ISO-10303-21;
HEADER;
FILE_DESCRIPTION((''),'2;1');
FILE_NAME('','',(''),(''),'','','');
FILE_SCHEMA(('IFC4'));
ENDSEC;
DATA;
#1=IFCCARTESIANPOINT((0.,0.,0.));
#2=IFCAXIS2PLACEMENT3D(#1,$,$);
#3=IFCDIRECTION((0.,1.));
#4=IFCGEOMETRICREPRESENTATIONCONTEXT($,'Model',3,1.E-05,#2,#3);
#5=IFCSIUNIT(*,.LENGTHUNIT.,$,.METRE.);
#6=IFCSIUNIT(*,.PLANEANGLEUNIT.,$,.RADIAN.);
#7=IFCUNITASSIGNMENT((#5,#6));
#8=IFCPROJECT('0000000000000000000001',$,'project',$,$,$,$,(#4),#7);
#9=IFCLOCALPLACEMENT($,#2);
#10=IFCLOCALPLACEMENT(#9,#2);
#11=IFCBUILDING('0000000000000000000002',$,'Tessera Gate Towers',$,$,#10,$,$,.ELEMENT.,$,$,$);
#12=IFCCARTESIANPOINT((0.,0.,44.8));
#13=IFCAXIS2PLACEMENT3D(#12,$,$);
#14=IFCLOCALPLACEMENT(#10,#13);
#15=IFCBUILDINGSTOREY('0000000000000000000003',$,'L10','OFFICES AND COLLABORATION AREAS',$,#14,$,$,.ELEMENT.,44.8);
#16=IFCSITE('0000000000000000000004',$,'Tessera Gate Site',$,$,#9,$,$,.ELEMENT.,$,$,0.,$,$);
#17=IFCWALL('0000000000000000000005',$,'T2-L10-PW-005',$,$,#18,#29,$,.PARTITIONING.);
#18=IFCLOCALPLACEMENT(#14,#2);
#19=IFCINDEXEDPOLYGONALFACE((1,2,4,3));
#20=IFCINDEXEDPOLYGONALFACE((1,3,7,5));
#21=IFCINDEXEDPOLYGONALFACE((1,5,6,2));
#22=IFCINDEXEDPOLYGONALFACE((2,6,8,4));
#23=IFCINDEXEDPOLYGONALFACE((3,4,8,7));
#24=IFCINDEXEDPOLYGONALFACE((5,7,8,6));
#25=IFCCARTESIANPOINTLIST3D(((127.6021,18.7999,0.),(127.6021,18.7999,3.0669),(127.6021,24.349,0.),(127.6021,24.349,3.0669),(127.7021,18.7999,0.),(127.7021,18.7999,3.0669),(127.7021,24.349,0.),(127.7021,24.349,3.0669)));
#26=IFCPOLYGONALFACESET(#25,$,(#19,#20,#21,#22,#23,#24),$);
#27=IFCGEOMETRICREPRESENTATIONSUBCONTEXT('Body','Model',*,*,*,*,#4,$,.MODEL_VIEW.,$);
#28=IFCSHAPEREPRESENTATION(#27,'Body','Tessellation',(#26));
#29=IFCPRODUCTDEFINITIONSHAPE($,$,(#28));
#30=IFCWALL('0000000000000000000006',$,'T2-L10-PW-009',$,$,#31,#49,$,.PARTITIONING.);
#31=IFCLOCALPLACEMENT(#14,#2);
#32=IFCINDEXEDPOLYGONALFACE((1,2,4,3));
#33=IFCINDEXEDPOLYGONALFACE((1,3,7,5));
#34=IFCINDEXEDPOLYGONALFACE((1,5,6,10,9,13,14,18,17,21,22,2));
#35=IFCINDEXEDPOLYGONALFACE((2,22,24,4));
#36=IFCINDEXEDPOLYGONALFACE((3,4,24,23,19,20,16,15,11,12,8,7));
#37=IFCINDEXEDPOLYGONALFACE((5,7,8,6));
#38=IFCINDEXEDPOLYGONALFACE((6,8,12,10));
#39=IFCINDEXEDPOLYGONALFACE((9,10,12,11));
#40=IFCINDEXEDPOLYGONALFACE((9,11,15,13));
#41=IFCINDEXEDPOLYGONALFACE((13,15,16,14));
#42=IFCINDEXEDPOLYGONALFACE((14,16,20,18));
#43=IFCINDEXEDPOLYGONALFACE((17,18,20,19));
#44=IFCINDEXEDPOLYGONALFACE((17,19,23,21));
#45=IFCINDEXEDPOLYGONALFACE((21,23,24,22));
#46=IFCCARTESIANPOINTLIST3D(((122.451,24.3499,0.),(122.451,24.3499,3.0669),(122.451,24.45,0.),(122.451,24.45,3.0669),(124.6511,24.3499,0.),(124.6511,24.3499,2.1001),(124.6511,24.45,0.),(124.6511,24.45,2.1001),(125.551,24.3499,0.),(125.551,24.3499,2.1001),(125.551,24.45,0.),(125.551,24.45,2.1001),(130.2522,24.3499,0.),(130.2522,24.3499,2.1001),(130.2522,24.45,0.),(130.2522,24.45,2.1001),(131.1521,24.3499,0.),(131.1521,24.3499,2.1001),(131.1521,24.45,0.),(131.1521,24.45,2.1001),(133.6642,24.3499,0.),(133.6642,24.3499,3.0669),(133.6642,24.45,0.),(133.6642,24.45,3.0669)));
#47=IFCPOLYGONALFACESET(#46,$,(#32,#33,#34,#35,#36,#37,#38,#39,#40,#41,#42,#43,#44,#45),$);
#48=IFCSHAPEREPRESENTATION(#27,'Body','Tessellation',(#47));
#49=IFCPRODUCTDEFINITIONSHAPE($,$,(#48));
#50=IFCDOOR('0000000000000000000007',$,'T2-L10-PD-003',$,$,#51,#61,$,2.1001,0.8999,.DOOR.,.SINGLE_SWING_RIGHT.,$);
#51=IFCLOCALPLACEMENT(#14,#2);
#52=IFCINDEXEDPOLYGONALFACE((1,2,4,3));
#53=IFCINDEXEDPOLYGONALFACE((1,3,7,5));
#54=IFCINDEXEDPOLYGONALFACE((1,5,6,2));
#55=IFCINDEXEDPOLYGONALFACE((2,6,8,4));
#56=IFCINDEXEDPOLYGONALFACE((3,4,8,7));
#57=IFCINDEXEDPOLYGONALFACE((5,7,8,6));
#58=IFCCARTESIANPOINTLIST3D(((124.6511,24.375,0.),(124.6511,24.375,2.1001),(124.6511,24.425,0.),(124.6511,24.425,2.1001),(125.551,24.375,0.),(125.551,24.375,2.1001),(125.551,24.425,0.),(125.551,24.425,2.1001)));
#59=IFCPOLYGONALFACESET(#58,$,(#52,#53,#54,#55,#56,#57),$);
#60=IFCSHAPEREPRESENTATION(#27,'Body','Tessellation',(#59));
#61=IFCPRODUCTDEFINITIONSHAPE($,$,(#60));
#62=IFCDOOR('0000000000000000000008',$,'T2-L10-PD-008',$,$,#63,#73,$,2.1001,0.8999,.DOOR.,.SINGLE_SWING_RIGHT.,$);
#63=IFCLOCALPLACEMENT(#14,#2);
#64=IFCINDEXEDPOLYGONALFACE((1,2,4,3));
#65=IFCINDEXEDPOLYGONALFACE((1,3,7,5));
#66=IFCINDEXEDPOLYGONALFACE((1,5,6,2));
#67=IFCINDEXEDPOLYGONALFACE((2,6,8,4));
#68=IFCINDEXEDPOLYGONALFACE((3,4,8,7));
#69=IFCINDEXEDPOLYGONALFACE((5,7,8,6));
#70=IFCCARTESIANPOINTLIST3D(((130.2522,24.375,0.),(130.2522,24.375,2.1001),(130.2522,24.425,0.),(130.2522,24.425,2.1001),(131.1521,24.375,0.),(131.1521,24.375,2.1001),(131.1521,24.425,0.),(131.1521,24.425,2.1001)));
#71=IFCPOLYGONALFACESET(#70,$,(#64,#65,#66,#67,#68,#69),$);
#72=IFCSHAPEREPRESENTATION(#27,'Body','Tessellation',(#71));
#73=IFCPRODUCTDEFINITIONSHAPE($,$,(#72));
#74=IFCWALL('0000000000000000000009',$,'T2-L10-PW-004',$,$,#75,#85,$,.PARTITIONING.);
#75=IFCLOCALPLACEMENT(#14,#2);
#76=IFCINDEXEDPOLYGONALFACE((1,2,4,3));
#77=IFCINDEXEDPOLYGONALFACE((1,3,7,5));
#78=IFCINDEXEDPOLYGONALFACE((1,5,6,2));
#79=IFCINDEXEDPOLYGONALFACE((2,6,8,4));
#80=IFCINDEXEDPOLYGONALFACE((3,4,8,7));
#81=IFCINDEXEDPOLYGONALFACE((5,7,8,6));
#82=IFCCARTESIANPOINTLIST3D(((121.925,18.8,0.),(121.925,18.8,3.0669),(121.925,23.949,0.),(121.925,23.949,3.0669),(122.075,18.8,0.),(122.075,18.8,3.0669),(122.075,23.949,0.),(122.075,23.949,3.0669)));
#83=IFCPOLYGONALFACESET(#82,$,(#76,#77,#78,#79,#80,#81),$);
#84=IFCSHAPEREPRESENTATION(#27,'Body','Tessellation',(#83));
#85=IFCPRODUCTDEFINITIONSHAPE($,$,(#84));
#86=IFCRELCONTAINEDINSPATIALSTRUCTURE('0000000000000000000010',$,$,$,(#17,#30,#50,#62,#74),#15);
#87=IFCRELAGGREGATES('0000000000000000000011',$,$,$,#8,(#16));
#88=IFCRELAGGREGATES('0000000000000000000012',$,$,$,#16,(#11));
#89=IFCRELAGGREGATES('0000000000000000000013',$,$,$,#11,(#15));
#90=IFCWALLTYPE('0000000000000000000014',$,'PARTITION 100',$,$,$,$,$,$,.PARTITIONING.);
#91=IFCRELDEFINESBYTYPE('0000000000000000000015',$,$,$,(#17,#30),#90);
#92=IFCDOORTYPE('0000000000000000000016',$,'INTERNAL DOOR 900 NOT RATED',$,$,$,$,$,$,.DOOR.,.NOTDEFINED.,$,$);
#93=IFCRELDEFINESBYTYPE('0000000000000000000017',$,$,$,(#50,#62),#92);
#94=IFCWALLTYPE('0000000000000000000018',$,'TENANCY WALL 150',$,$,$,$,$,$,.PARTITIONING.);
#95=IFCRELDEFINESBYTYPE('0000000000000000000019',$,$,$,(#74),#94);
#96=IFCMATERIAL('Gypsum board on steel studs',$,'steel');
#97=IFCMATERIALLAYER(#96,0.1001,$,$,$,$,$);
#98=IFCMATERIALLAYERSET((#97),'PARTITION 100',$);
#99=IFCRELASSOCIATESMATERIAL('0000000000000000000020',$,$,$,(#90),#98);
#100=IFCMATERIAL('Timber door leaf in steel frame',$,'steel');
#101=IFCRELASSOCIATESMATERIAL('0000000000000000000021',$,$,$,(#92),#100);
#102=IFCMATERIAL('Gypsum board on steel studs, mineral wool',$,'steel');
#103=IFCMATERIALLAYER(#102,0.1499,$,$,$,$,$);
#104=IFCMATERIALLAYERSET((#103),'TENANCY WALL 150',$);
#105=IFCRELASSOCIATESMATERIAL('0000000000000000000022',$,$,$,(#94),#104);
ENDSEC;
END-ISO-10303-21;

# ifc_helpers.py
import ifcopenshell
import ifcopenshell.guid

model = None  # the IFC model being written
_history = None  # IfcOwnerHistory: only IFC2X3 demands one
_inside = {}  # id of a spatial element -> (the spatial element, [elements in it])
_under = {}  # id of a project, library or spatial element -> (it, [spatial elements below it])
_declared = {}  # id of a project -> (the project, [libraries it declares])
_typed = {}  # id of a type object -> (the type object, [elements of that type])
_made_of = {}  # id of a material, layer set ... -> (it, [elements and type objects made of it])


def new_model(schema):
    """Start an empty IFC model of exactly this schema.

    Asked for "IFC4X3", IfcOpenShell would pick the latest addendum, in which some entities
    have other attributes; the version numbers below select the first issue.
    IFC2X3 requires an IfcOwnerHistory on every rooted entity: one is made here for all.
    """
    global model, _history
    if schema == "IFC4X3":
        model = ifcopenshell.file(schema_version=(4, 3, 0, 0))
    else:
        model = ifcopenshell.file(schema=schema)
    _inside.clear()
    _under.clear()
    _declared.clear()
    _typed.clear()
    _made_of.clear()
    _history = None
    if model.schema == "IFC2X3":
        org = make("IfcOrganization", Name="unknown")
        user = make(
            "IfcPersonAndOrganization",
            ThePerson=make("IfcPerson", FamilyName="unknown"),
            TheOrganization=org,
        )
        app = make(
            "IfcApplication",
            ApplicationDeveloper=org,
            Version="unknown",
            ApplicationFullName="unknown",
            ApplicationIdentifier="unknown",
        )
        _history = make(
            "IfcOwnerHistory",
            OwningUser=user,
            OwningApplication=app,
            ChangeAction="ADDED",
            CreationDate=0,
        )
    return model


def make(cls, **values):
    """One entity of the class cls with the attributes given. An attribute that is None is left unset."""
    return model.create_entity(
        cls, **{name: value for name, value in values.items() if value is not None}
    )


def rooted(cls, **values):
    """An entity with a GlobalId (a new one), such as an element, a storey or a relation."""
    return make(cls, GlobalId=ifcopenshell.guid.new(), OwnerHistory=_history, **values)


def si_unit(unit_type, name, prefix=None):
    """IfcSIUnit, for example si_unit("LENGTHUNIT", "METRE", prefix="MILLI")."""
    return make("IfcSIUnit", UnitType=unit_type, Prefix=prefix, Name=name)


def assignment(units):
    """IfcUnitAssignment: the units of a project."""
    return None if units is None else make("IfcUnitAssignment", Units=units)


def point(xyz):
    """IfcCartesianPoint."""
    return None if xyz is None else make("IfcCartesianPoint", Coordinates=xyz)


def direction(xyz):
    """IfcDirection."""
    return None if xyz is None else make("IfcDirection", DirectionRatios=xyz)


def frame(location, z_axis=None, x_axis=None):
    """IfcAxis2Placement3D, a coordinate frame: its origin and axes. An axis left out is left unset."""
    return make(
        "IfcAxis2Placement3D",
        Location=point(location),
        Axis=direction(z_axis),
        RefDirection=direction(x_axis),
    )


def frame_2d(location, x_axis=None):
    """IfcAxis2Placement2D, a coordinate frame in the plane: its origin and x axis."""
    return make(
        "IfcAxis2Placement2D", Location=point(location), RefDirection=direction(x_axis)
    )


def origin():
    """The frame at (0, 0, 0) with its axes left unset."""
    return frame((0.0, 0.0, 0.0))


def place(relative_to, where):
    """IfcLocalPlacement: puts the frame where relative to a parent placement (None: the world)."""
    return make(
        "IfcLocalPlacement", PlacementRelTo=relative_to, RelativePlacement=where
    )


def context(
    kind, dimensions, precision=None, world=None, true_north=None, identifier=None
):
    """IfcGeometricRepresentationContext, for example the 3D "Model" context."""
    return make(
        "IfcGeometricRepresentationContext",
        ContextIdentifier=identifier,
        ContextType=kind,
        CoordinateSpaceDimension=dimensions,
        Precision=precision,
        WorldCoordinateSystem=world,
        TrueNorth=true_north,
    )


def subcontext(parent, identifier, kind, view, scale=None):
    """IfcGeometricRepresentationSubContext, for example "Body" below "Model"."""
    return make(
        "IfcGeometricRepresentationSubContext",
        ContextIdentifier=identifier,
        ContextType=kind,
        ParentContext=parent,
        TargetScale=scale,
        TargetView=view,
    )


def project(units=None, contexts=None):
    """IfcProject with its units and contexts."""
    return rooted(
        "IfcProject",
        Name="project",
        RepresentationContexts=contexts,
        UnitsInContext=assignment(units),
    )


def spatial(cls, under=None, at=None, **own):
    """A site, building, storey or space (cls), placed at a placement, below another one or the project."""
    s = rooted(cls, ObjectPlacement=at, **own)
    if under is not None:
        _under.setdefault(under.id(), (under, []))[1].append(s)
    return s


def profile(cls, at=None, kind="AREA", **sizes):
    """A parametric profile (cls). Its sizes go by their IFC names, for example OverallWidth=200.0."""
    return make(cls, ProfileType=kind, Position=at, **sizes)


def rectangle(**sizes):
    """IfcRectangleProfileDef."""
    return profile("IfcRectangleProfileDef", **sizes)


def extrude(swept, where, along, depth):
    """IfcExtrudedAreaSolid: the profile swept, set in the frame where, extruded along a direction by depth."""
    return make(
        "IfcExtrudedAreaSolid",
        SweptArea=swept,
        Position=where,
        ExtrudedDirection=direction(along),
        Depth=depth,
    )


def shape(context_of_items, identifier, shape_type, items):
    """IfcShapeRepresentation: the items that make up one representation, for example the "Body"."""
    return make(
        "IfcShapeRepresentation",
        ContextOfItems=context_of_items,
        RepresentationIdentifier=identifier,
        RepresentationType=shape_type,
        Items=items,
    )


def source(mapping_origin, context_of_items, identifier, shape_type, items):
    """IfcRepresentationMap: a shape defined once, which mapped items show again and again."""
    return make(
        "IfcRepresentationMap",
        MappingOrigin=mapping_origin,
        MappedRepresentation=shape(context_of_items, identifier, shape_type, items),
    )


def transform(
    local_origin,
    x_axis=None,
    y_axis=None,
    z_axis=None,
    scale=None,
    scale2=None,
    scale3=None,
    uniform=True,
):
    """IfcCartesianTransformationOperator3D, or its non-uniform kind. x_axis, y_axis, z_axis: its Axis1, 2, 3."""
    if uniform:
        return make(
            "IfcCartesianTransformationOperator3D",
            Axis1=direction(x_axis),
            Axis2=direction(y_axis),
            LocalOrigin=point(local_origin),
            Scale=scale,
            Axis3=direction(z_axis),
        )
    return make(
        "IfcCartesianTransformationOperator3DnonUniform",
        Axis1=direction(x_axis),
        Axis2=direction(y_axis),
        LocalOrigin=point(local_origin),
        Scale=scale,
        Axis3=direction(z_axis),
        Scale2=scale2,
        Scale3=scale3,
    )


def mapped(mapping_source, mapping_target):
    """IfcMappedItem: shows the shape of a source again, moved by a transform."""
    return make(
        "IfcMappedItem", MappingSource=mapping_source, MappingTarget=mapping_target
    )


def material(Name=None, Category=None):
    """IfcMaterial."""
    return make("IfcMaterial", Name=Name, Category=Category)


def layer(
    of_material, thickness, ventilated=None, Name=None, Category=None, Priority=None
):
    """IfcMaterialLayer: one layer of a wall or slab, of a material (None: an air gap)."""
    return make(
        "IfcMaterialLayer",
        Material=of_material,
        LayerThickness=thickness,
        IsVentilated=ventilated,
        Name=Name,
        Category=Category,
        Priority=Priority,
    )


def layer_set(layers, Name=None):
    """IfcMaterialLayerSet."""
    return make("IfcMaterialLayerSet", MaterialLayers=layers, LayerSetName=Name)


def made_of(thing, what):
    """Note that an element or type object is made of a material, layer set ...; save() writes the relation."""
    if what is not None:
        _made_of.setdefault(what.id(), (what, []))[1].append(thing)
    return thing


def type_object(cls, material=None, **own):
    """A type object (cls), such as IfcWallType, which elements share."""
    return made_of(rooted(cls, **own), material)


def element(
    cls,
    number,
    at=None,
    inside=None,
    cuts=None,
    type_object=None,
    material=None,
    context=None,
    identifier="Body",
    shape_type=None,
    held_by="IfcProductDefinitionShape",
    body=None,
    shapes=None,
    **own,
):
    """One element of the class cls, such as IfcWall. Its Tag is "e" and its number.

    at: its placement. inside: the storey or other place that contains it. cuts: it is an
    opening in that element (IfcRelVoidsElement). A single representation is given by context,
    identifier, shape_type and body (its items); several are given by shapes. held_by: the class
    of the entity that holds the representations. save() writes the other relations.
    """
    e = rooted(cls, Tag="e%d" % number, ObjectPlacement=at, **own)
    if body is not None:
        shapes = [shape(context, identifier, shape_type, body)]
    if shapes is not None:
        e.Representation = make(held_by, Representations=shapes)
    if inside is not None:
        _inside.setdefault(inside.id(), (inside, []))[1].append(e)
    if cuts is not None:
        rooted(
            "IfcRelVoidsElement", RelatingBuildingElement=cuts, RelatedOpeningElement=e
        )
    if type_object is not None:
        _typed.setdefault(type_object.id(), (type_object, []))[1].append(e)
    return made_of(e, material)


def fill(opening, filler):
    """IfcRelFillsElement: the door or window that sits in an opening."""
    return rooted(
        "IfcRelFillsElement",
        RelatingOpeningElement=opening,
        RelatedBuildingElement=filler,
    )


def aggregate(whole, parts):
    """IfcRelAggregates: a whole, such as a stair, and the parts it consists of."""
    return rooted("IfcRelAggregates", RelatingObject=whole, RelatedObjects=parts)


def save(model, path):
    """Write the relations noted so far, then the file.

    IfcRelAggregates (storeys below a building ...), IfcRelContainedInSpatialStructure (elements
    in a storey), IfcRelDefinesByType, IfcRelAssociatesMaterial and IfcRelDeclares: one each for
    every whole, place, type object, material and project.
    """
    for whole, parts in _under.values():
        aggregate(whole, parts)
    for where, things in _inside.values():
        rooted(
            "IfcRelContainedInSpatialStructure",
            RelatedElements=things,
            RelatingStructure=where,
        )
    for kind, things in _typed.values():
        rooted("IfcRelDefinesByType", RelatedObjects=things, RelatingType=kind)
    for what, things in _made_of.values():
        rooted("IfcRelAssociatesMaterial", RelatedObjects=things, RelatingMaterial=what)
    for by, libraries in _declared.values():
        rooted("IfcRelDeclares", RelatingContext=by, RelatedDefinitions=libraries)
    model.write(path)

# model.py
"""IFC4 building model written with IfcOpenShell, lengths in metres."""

from ifc_helpers import new_model, si_unit, direction, frame, frame_2d, origin, place, context, subcontext, project, spatial, rectangle, extrude, source, transform, mapped, material, layer, layer_set, type_object, element, fill, save


model = new_model("IFC4")

# Units and contexts
model_context = context("Model", 3, precision=1e-05, world=origin(), true_north=direction((0.0, 1.0)))
body_context = subcontext(model_context, "Body", "Model", "MODEL_VIEW")
ifc_project = project(units=[si_unit("LENGTHUNIT", "METRE"), si_unit("PLANEANGLEUNIT", "RADIAN")], contexts=[model_context])

# Site, building, storey
site_placement = place(None, origin())
site = spatial("IfcSite", under=ifc_project, at=site_placement, Name="Tessera Gate Site", CompositionType="ELEMENT", RefElevation=0.0)
building_placement = place(site_placement, origin())
building = spatial("IfcBuilding", under=site, at=building_placement, Name="Tessera Gate Towers", CompositionType="ELEMENT")
storey_placement = place(building_placement, frame((0.0, 0.0, 44.8)))
storey = spatial("IfcBuildingStorey", under=building, at=storey_placement, Name="L10", Description="OFFICES AND COLLABORATION AREAS", CompositionType="ELEMENT", Elevation=44.8)

# Shared definitions
shared_shape_1 = source(origin(), body_context, "Body", "SweptSolid", [
    extrude(rectangle(XDim=0.8999, YDim=2.1001, at=frame_2d((0.45, 1.05))), frame((0.0, 0.0601, 0.0), z_axis=(0.0, -1.0, 0.0), x_axis=(1.0, 0.0, 0.0)), (0.0, 0.0, 1.0), 0.1201),
])
shared_shape_2 = source(origin(), body_context, "Body", "SweptSolid", [
    extrude(rectangle(XDim=0.8999, YDim=2.1001, at=frame_2d((0.45, 1.05))), frame((0.0, 0.0249, 0.0), z_axis=(0.0, -1.0, 0.0), x_axis=(1.0, 0.0, 0.0)), (0.0, 0.0, 1.0), 0.05),
])

# Wall
ifc_material_1 = material(Name="Gypsum board on steel studs", Category="steel")
ifc_layer_1 = layer(ifc_material_1, 0.1001)
ifc_layer_set_1 = layer_set([ifc_layer_1], Name="PARTITION 100")
wall_type_1 = type_object("IfcWallType", Name="PARTITION 100", PredefinedType="PARTITIONING", material=ifc_layer_set_1)
wall_1_placement = place(storey_placement, frame((127.6521, 18.8, 0.0), z_axis=(0.0, 0.0, 1.0), x_axis=(0.0, 1.0, 0.0)))
element("IfcWall", 1, at=wall_1_placement, inside=storey, type_object=wall_type_1, Name="T2-L10-PW-005", PredefinedType="PARTITIONING", context=body_context, shape_type="SweptSolid", body=[
    extrude(rectangle(XDim=5.5491, YDim=0.1001, at=frame_2d((2.7744, 0.0))), origin(), (0.0, 0.0, 1.0), 3.0669),
])

# Wall, openings, doors
wall_2_placement = place(storey_placement, frame((133.6641, 24.3999, 0.0), z_axis=(0.0, 0.0, 1.0), x_axis=(-1.0, 0.0, 0.0)))
wall_2 = element("IfcWall", 2, at=wall_2_placement, inside=storey, type_object=wall_type_1, Name="T2-L10-PW-009", PredefinedType="PARTITIONING", context=body_context, shape_type="SweptSolid", body=[
    extrude(rectangle(XDim=11.2131, YDim=0.1001, at=frame_2d((5.6064, 0.0))), origin(), (0.0, 0.0, 1.0), 3.0669),
])
opening_1_placement = place(wall_2_placement, frame((8.113, 0.0, 0.0)))
opening_1 = element("IfcOpeningElement", 3, at=opening_1_placement, cuts=wall_2, PredefinedType="OPENING", context=body_context, shape_type="MappedRepresentation", body=[
    mapped(shared_shape_1, transform((0.0, 0.0, 0.0), scale=1.0)),
])
opening_2_placement = place(wall_2_placement, frame((2.512, 0.0, 0.0)))
opening_2 = element("IfcOpeningElement", 4, at=opening_2_placement, cuts=wall_2, PredefinedType="OPENING", context=body_context, shape_type="MappedRepresentation", body=[
    mapped(shared_shape_1, transform((0.0, 0.0, 0.0), scale=1.0)),
])
ifc_material_2 = material(Name="Timber door leaf in steel frame", Category="steel")
door_type_1 = type_object("IfcDoorType", Name="INTERNAL DOOR 900 NOT RATED", OperationType="NOTDEFINED", PredefinedType="DOOR", material=ifc_material_2)
door_1_placement = place(opening_1_placement, origin())
door_1 = element("IfcDoor", 5, at=door_1_placement, inside=storey, type_object=door_type_1, Name="T2-L10-PD-003", OperationType="SINGLE_SWING_RIGHT", OverallHeight=2.1001, OverallWidth=0.8999, PredefinedType="DOOR", context=body_context, shape_type="MappedRepresentation", body=[
    mapped(shared_shape_2, transform((0.0, 0.0, 0.0), scale=1.0)),
])
fill(opening_1, door_1)
door_2_placement = place(opening_2_placement, origin())
door_2 = element("IfcDoor", 6, at=door_2_placement, inside=storey, type_object=door_type_1, Name="T2-L10-PD-008", OperationType="SINGLE_SWING_RIGHT", OverallHeight=2.1001, OverallWidth=0.8999, PredefinedType="DOOR", context=body_context, shape_type="MappedRepresentation", body=[
    mapped(shared_shape_2, transform((0.0, 0.0, 0.0), scale=1.0)),
])
fill(opening_2, door_2)

# Wall
ifc_material_3 = material(Name="Gypsum board on steel studs, mineral wool", Category="steel")
ifc_layer_2 = layer(ifc_material_3, 0.1499)
ifc_layer_set_2 = layer_set([ifc_layer_2], Name="TENANCY WALL 150")
wall_type_2 = type_object("IfcWallType", Name="TENANCY WALL 150", PredefinedType="PARTITIONING", material=ifc_layer_set_2)
wall_3_placement = place(storey_placement, frame((122.0, 18.8, 0.0), z_axis=(0.0, 0.0, 1.0), x_axis=(0.0, 1.0, 0.0)))
element("IfcWall", 7, at=wall_3_placement, inside=storey, type_object=wall_type_2, Name="T2-L10-PW-004", PredefinedType="PARTITIONING", context=body_context, shape_type="SweptSolid", body=[
    extrude(rectangle(XDim=5.1489, YDim=0.1499, at=frame_2d((2.5745, 0.0))), origin(), (0.0, 0.0, 1.0), 3.0669),
])

save(model, "model.ifc")
